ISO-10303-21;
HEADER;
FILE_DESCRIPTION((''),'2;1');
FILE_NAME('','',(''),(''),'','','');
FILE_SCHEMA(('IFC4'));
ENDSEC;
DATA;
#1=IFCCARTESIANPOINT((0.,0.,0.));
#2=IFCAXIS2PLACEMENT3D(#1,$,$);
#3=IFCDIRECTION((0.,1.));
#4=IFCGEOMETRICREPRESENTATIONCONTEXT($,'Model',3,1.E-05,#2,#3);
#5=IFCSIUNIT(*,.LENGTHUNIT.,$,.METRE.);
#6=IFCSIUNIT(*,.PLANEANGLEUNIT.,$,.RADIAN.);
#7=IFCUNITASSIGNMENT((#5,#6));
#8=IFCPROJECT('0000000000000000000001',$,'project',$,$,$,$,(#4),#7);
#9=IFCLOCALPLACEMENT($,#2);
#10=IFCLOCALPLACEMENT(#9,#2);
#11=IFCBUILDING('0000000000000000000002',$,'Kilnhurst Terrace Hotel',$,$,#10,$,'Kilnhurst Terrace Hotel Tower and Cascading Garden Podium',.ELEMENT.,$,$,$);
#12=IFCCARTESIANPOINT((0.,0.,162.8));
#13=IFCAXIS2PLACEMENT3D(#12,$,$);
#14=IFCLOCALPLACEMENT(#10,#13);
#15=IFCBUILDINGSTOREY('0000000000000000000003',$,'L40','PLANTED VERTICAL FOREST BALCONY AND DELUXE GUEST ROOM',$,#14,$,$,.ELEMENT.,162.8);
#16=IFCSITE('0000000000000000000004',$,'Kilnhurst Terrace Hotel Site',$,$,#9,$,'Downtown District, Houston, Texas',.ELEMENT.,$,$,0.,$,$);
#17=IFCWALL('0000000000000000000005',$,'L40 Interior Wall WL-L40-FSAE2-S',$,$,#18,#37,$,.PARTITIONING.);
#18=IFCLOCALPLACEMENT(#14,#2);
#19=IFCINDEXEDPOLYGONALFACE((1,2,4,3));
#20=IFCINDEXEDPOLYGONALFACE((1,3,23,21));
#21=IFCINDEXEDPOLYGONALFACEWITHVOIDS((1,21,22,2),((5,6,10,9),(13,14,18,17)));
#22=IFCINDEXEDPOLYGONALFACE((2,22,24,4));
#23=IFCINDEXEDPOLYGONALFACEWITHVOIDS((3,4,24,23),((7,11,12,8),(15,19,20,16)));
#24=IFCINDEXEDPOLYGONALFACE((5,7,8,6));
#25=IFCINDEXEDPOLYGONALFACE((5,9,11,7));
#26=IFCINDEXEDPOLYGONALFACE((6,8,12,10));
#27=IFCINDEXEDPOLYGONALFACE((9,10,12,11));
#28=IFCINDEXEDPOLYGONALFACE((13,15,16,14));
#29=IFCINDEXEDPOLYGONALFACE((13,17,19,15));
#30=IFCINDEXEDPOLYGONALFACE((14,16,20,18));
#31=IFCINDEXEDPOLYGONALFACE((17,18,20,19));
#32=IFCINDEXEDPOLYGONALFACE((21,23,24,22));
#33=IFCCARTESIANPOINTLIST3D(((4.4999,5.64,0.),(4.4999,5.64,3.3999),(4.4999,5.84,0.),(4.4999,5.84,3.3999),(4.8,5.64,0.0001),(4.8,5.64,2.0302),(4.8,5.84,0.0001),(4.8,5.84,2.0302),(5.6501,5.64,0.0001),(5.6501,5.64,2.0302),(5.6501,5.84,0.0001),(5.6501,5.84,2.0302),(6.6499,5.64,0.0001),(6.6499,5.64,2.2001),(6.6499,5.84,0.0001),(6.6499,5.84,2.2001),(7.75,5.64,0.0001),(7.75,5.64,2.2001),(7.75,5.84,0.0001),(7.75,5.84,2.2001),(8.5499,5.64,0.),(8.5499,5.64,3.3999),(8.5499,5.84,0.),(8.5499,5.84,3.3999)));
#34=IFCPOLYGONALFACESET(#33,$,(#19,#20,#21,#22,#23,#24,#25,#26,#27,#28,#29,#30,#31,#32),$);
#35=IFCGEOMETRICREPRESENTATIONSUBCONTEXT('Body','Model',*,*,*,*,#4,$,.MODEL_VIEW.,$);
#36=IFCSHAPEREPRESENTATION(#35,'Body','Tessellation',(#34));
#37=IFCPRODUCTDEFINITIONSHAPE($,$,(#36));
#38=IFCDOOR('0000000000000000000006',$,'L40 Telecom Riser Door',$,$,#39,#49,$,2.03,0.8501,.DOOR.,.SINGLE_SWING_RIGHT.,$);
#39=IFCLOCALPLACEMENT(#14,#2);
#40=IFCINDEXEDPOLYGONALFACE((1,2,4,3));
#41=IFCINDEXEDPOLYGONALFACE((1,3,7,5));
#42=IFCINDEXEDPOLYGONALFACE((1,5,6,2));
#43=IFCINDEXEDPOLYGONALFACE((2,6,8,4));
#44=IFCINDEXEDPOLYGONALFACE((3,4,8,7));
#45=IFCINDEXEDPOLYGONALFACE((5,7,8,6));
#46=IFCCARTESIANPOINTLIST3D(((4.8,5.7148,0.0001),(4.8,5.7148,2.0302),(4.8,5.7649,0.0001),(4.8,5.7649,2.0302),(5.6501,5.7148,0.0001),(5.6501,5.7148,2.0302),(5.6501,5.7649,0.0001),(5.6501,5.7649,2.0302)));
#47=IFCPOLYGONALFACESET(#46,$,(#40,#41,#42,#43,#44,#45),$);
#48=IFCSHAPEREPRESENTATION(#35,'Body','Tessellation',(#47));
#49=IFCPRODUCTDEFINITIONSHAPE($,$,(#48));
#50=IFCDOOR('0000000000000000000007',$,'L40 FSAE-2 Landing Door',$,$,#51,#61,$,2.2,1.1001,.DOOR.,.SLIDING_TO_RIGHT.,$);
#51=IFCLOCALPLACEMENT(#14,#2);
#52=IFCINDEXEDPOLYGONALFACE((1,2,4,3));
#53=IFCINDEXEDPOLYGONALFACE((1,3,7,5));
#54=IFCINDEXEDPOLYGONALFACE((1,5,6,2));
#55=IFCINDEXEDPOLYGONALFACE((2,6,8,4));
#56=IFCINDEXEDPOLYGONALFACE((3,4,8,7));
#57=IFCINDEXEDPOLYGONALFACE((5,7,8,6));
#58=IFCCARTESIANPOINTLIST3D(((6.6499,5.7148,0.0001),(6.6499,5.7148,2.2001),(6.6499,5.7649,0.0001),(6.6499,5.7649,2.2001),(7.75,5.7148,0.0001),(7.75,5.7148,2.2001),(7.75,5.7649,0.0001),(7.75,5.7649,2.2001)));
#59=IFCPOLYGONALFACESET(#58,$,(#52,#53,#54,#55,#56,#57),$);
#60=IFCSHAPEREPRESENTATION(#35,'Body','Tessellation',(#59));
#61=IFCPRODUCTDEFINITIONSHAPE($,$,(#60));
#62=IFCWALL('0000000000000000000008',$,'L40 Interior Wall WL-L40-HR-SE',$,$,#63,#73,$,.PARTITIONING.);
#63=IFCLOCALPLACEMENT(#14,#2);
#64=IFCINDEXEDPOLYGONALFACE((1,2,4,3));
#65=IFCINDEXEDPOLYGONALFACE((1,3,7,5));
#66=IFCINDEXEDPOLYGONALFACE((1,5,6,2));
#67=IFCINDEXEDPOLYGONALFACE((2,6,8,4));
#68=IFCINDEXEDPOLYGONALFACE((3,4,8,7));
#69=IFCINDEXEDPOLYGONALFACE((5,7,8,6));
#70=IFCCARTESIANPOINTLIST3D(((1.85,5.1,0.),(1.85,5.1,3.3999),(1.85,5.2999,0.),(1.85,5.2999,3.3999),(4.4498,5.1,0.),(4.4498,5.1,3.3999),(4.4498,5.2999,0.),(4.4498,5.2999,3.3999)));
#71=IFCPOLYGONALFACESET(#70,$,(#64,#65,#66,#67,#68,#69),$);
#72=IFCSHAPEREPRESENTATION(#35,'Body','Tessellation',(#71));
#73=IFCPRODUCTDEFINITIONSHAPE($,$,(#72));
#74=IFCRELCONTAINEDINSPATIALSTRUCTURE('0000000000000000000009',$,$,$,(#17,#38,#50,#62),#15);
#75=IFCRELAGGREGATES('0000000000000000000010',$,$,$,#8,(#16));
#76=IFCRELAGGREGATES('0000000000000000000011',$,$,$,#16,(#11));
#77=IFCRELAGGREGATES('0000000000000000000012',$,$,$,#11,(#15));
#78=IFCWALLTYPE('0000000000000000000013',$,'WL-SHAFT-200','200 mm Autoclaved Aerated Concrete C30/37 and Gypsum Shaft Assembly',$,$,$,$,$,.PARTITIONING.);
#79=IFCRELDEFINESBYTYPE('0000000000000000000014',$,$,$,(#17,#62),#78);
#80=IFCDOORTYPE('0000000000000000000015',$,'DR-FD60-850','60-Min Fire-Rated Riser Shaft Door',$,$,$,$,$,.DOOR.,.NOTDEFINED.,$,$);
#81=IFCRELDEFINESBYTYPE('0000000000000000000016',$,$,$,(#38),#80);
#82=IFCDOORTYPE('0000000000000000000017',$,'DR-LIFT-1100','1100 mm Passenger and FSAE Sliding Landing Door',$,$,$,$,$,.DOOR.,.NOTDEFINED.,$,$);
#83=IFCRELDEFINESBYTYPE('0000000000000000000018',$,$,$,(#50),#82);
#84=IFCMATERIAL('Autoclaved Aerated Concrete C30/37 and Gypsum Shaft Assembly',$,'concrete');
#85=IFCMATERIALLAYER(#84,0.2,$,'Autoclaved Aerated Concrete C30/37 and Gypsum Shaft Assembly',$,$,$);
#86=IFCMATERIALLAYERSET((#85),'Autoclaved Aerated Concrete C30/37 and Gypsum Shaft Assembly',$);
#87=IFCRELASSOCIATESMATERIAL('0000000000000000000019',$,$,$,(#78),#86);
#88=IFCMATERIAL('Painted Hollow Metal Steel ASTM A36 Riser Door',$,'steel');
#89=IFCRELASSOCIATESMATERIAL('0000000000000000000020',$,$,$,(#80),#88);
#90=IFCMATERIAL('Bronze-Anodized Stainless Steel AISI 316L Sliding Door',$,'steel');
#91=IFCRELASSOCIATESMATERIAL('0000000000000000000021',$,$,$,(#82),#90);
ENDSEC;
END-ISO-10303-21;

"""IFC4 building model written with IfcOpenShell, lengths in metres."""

from ifc_helpers import new_model, si_unit, direction, frame, frame_2d, origin, place, context, subcontext, project, spatial, rectangle, extrude, material, layer, layer_set, type_object, element, fill, save


model = new_model("IFC4")

# Units and contexts
model_context = context("Model", 3, precision=1e-05, world=origin(), true_north=direction((0.0, 1.0)))
body_context = subcontext(model_context, "Body", "Model", "MODEL_VIEW")
ifc_project = project(units=[si_unit("LENGTHUNIT", "METRE"), si_unit("PLANEANGLEUNIT", "RADIAN")], contexts=[model_context])

# Site, building, storey
site_placement = place(None, origin())
site = spatial("IfcSite", under=ifc_project, at=site_placement, Name="Kilnhurst Terrace Hotel Site", LongName="Downtown District, Houston, Texas", CompositionType="ELEMENT", RefElevation=0.0)
building_placement = place(site_placement, origin())
building = spatial("IfcBuilding", under=site, at=building_placement, Name="Kilnhurst Terrace Hotel", LongName="Kilnhurst Terrace Hotel Tower and Cascading Garden Podium", CompositionType="ELEMENT")
storey_placement = place(building_placement, frame((0.0, 0.0, 162.8)))
storey = spatial("IfcBuildingStorey", under=building, at=storey_placement, Name="L40", Description="PLANTED VERTICAL FOREST BALCONY AND DELUXE GUEST ROOM", CompositionType="ELEMENT", Elevation=162.8)

# Wall, openings, doors
ifc_material_1 = material(Name="Autoclaved Aerated Concrete C30/37 and Gypsum Shaft Assembly", Category="concrete")
ifc_layer_1 = layer(ifc_material_1, 0.2, Name="Autoclaved Aerated Concrete C30/37 and Gypsum Shaft Assembly")
ifc_layer_set_1 = layer_set([ifc_layer_1], Name="Autoclaved Aerated Concrete C30/37 and Gypsum Shaft Assembly")
wall_type_1 = type_object("IfcWallType", Name="WL-SHAFT-200", Description="200 mm Autoclaved Aerated Concrete C30/37 and Gypsum Shaft Assembly", PredefinedType="PARTITIONING", material=ifc_layer_set_1)
wall_1_placement = place(storey_placement, frame((4.5, 5.74, 0.0), z_axis=(0.0, 0.0, 1.0), x_axis=(1.0, 0.0, 0.0)))
wall_1 = element("IfcWall", 1, at=wall_1_placement, inside=storey, type_object=wall_type_1, Name="L40 Interior Wall WL-L40-FSAE2-S", PredefinedType="PARTITIONING", context=body_context, shape_type="SweptSolid", body=[
    extrude(rectangle(XDim=4.05, YDim=0.2, at=frame_2d((2.0249, 0.0))), origin(), (0.0, 0.0, 1.0), 3.3999),
])
opening_1_placement = place(wall_1_placement, frame((0.3, 0.0, 0.0)))
opening_1 = element("IfcOpeningElement", 2, at=opening_1_placement, cuts=wall_1, PredefinedType="OPENING", context=body_context, shape_type="SweptSolid", body=[
    extrude(rectangle(XDim=0.8501, YDim=2.03, at=frame_2d((0.425, 1.0151))), frame((0.0, 0.1099, 0.0), z_axis=(0.0, -1.0, 0.0), x_axis=(1.0, 0.0, 0.0)), (0.0, 0.0, 1.0), 0.22),
])
opening_2_placement = place(wall_1_placement, frame((2.1499, 0.0, 0.0)))
opening_2 = element("IfcOpeningElement", 3, at=opening_2_placement, cuts=wall_1, PredefinedType="OPENING", context=body_context, shape_type="SweptSolid", body=[
    extrude(rectangle(XDim=1.1001, YDim=2.2, at=frame_2d((0.55, 1.1001))), frame((0.0, 0.1099, 0.0), z_axis=(0.0, -1.0, 0.0), x_axis=(1.0, 0.0, 0.0)), (0.0, 0.0, 1.0), 0.22),
])
ifc_material_2 = material(Name="Painted Hollow Metal Steel ASTM A36 Riser Door", Category="steel")
door_type_1 = type_object("IfcDoorType", Name="DR-FD60-850", Description="60-Min Fire-Rated Riser Shaft Door", OperationType="NOTDEFINED", PredefinedType="DOOR", material=ifc_material_2)
door_1_placement = place(opening_1_placement, origin())
door_1 = element("IfcDoor", 4, at=door_1_placement, inside=storey, type_object=door_type_1, Name="L40 Telecom Riser Door", OperationType="SINGLE_SWING_RIGHT", OverallHeight=2.03, OverallWidth=0.8501, PredefinedType="DOOR", context=body_context, shape_type="SweptSolid", body=[
    extrude(rectangle(XDim=0.8501, YDim=2.03, at=frame_2d((0.425, 1.0151))), frame((0.0, 0.0249, 0.0), z_axis=(0.0, -1.0, 0.0), x_axis=(1.0, 0.0, 0.0)), (0.0, 0.0, 1.0), 0.05),
])
fill(opening_1, door_1)
ifc_material_3 = material(Name="Bronze-Anodized Stainless Steel AISI 316L Sliding Door", Category="steel")
door_type_2 = type_object("IfcDoorType", Name="DR-LIFT-1100", Description="1100 mm Passenger and FSAE Sliding Landing Door", OperationType="NOTDEFINED", PredefinedType="DOOR", material=ifc_material_3)
door_2_placement = place(opening_2_placement, origin())
door_2 = element("IfcDoor", 5, at=door_2_placement, inside=storey, type_object=door_type_2, Name="L40 FSAE-2 Landing Door", OperationType="SLIDING_TO_RIGHT", OverallHeight=2.2, OverallWidth=1.1001, PredefinedType="DOOR", context=body_context, shape_type="SweptSolid", body=[
    extrude(rectangle(XDim=1.1001, YDim=2.2, at=frame_2d((0.55, 1.1001))), frame((0.0, 0.0249, 0.0), z_axis=(0.0, -1.0, 0.0), x_axis=(1.0, 0.0, 0.0)), (0.0, 0.0, 1.0), 0.05),
])
fill(opening_2, door_2)

# Wall
wall_2_placement = place(storey_placement, frame((1.8501, 5.2, 0.0), z_axis=(0.0, 0.0, 1.0), x_axis=(1.0, 0.0, 0.0)))
element("IfcWall", 6, at=wall_2_placement, inside=storey, type_object=wall_type_1, Name="L40 Interior Wall WL-L40-HR-SE", PredefinedType="PARTITIONING", context=body_context, shape_type="SweptSolid", body=[
    extrude(rectangle(XDim=2.5999, YDim=0.2, at=frame_2d((1.2998, 0.0))), origin(), (0.0, 0.0, 1.0), 3.3999),
])

save(model, "model.ifc")
